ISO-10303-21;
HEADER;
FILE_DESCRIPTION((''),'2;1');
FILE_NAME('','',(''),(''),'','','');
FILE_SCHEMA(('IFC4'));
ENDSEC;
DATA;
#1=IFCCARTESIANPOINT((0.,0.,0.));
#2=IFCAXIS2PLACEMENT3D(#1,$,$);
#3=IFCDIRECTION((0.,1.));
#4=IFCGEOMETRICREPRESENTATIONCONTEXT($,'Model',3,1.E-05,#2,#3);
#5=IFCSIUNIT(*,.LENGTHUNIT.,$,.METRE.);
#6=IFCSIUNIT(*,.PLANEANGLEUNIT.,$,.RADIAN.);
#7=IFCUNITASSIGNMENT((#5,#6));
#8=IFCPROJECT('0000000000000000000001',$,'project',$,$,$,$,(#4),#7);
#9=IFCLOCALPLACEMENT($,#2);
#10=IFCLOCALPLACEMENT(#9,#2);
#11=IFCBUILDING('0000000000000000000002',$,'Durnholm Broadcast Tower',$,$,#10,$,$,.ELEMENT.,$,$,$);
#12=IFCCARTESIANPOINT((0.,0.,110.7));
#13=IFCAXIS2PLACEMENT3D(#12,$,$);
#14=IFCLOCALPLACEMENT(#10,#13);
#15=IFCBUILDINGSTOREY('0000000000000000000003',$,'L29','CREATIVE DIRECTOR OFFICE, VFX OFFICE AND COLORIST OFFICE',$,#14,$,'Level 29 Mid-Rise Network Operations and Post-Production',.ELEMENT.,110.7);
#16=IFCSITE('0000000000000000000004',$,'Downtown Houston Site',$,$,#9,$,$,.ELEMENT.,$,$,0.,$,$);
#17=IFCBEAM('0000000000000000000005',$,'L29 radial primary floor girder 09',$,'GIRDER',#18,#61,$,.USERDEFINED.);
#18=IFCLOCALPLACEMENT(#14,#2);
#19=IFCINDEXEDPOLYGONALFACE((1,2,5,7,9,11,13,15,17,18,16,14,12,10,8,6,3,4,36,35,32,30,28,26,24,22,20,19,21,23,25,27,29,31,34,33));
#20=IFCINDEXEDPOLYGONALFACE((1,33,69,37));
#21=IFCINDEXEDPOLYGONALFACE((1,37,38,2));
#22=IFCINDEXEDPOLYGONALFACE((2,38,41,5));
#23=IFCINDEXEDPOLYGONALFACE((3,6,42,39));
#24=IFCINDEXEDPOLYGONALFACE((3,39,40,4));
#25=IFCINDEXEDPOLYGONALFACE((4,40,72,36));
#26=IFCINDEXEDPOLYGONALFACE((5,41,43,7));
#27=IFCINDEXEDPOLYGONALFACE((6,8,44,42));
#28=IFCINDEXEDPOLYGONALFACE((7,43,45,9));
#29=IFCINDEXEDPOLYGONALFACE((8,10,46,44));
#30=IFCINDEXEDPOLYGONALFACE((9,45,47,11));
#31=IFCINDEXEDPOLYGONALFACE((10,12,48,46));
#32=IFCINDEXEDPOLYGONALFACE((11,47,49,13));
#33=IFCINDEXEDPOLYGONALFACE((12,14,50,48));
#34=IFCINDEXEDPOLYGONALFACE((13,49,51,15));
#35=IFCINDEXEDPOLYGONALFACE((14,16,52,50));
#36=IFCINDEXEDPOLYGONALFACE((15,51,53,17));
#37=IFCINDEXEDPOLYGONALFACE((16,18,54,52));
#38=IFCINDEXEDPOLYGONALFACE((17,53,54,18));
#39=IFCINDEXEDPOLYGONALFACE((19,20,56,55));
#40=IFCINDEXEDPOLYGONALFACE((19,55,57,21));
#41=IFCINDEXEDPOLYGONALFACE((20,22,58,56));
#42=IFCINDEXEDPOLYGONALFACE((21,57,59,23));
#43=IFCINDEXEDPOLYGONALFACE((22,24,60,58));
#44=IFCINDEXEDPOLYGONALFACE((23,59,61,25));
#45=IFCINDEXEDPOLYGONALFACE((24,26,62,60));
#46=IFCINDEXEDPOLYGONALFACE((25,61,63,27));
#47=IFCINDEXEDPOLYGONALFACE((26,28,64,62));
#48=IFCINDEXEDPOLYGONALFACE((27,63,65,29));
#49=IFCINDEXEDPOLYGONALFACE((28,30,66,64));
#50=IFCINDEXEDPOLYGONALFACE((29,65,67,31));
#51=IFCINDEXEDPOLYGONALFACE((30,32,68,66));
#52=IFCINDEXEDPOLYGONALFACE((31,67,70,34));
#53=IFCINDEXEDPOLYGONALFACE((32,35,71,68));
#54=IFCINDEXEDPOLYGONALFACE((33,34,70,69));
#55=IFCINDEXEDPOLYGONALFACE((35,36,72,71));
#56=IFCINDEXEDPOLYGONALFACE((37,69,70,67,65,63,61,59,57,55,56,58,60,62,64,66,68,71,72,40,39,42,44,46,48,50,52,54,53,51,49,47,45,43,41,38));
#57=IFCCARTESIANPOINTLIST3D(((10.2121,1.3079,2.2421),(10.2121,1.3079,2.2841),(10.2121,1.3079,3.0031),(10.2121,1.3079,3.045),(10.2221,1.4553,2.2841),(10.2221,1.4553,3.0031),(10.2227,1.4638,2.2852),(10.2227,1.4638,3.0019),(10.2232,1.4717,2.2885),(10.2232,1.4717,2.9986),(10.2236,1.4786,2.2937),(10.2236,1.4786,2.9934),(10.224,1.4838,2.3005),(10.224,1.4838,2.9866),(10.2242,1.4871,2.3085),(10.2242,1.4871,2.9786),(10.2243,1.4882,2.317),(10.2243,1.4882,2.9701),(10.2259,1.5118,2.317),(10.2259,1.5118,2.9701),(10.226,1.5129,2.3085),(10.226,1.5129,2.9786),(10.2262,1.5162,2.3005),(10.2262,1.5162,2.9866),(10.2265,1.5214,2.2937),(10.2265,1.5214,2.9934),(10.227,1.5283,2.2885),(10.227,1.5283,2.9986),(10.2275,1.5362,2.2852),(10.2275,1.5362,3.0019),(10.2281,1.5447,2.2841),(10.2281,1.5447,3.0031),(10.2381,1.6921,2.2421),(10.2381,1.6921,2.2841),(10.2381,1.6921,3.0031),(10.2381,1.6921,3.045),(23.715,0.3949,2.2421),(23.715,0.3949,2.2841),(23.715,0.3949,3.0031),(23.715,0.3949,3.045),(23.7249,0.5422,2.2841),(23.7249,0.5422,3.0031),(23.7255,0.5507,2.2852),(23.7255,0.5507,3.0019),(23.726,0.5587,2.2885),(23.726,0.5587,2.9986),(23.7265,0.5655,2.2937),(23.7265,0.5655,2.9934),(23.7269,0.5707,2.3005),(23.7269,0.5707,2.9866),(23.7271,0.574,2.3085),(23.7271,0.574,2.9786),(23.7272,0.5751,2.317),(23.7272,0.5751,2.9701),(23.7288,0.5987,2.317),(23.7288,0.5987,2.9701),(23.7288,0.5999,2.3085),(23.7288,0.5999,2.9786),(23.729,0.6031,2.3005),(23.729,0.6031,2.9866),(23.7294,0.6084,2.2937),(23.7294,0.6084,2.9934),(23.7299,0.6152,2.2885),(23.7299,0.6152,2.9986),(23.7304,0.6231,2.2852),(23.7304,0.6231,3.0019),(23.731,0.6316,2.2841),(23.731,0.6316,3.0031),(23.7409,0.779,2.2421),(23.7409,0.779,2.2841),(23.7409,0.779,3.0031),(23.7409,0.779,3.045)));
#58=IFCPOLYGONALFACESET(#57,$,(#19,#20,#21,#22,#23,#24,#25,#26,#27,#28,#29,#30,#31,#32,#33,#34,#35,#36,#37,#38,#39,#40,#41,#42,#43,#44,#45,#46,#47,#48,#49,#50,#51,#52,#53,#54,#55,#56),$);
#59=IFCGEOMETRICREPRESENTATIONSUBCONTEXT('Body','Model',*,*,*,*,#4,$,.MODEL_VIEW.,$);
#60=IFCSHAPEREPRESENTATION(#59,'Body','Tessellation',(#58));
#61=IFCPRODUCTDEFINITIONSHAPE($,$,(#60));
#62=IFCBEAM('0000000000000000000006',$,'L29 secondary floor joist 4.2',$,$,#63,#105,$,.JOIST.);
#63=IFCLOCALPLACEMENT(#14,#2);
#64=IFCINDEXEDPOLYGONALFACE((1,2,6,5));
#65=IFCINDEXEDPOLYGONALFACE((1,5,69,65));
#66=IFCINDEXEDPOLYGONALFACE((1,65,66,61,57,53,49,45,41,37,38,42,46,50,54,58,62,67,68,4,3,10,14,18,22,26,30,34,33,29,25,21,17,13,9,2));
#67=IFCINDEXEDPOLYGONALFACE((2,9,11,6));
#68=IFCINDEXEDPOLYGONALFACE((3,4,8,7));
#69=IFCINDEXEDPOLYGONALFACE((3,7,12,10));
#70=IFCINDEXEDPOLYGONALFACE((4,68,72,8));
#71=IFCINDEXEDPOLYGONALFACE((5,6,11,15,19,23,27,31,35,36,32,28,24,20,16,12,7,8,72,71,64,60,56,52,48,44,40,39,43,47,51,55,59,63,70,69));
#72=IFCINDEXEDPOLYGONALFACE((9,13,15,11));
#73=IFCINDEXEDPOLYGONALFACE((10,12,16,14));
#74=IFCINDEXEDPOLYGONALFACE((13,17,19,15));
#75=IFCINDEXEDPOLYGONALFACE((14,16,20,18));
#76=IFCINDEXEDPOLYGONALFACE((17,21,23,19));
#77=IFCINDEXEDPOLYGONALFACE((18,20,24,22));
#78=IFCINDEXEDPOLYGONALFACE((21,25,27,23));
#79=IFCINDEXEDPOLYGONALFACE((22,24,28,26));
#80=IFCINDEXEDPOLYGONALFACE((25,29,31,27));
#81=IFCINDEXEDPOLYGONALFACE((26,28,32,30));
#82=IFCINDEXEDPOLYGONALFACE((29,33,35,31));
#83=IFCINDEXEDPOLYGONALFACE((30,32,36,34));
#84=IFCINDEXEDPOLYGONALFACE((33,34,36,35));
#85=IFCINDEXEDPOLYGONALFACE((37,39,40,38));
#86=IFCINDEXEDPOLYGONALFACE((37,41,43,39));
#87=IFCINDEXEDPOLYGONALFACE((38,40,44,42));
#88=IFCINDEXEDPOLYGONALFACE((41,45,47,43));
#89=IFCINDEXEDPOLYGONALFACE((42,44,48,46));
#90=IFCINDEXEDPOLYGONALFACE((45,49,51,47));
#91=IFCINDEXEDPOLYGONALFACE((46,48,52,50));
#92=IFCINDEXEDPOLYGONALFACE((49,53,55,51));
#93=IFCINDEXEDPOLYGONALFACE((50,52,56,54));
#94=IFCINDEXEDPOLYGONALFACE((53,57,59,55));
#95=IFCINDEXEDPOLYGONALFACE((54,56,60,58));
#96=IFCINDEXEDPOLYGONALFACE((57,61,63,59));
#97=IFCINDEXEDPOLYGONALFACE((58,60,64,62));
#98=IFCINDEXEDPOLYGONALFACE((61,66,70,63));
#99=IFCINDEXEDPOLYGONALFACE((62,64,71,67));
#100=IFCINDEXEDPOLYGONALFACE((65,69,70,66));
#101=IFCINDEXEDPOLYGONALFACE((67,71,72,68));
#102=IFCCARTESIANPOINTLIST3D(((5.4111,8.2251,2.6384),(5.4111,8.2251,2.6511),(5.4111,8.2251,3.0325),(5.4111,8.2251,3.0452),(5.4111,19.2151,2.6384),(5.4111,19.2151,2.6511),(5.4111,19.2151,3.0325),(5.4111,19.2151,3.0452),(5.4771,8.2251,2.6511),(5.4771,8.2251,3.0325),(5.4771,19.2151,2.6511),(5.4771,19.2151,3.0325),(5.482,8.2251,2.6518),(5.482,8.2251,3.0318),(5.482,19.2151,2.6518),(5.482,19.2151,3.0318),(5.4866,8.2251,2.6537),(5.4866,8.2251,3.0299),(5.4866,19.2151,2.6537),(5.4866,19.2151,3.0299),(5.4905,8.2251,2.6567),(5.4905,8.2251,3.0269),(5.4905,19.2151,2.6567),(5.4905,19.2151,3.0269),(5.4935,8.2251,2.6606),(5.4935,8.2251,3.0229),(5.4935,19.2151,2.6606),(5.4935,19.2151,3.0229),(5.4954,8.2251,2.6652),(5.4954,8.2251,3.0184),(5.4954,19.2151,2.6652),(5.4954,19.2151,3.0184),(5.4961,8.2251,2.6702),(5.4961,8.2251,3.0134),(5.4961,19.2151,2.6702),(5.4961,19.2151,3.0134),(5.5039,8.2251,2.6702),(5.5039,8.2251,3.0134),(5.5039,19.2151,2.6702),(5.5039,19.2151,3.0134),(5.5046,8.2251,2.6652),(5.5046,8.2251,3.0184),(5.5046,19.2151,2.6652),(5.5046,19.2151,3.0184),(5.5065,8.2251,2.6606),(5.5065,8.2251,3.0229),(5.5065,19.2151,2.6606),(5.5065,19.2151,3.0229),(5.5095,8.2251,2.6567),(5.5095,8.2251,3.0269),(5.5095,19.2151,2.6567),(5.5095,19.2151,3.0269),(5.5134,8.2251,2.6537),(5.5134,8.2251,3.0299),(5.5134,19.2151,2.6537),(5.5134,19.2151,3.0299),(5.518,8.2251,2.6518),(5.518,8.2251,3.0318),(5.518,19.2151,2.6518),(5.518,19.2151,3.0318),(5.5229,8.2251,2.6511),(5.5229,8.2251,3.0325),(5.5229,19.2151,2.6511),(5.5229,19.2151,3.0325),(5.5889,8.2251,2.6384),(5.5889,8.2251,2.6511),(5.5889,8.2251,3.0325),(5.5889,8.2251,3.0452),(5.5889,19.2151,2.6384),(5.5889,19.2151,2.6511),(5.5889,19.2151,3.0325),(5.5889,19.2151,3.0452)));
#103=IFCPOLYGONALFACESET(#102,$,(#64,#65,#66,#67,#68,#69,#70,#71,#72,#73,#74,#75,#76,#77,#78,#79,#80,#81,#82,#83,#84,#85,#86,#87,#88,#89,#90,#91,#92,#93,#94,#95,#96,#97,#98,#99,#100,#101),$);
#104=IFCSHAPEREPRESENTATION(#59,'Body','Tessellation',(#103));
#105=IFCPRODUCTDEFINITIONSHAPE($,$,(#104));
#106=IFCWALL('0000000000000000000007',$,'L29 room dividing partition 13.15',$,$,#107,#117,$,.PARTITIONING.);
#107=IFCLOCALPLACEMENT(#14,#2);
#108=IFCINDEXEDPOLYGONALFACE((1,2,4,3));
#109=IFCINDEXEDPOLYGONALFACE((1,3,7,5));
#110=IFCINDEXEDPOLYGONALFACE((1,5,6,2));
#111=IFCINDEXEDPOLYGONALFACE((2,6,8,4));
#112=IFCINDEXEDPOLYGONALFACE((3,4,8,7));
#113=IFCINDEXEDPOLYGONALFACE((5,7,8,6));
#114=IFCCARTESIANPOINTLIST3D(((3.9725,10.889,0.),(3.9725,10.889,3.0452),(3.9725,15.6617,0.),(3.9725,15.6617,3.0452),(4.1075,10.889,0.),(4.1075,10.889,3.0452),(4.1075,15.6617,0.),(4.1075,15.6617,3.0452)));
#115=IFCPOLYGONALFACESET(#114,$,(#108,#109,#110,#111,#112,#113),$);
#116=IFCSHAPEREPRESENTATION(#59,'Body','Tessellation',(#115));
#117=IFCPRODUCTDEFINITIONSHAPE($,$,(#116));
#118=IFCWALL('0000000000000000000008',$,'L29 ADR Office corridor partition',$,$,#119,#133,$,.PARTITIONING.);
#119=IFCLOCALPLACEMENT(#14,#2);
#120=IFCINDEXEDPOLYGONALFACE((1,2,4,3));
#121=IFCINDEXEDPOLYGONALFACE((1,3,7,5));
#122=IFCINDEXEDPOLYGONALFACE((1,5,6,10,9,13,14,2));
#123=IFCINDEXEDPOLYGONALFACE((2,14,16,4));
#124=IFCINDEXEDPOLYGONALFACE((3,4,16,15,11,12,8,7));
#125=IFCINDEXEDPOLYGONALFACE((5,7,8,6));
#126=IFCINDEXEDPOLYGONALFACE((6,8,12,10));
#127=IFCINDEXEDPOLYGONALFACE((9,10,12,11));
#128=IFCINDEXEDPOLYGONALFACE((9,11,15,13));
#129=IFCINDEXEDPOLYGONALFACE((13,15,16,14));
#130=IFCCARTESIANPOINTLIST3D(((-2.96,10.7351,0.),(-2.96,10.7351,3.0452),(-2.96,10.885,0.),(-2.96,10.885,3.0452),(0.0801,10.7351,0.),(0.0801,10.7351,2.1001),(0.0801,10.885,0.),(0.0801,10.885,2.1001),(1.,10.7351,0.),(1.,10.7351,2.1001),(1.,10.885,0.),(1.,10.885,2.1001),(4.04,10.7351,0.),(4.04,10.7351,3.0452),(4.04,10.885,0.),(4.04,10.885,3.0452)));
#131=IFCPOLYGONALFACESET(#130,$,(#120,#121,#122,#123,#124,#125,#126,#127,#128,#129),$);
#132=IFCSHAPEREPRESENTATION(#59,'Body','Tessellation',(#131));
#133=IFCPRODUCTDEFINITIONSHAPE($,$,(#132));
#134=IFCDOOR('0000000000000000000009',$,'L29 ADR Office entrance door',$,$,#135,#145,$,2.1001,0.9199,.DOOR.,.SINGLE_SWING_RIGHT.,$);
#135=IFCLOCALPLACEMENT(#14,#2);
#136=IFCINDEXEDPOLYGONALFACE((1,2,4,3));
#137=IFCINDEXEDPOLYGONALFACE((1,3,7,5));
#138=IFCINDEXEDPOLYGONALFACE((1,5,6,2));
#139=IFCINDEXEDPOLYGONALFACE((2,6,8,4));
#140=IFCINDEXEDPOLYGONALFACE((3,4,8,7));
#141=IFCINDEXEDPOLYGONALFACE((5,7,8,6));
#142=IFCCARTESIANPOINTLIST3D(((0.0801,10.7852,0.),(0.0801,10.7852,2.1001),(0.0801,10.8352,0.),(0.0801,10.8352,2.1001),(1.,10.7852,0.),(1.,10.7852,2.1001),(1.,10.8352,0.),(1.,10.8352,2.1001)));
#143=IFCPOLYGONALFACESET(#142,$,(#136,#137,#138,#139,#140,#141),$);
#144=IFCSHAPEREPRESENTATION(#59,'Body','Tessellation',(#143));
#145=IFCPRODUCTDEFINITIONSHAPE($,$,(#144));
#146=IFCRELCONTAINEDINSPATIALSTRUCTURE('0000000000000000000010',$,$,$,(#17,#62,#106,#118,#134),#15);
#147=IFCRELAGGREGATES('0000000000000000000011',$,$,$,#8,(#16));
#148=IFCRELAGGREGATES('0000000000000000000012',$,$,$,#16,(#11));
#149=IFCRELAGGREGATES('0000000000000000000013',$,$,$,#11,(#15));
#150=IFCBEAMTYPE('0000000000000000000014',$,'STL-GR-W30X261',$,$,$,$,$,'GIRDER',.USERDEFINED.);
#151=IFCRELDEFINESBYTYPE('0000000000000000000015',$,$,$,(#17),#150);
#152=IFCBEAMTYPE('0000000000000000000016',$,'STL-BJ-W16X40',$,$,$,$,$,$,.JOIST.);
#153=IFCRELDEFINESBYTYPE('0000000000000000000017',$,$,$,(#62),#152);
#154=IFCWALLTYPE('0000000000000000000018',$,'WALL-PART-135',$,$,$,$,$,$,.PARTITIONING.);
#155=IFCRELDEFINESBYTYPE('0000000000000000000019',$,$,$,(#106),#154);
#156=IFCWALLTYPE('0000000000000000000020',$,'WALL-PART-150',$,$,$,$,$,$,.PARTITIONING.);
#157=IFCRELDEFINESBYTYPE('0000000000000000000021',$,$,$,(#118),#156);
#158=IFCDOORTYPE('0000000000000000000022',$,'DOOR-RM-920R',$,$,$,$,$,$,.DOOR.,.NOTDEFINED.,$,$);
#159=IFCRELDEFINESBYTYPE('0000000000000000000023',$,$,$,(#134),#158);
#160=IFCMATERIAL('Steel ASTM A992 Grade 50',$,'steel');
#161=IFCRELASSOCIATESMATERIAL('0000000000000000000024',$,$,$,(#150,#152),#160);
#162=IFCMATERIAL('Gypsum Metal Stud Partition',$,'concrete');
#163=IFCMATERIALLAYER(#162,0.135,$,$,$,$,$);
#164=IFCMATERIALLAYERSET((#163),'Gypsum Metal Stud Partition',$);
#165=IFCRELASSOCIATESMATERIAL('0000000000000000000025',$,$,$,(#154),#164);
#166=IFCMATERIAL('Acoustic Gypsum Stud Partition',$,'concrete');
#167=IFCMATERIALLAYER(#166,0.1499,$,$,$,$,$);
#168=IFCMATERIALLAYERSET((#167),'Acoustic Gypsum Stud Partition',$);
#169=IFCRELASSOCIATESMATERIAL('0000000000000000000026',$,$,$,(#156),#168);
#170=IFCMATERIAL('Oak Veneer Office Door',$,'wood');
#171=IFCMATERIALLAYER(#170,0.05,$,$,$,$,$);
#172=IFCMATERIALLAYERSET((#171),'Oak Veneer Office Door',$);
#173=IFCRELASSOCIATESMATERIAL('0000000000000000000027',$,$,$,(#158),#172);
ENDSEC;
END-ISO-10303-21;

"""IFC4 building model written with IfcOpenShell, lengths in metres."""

from ifc_helpers import new_model, si_unit, direction, frame, frame_2d, origin, origin_2d, place, context, subcontext, project, spatial, rectangle, i_section, extrude, source, transform, mapped, material, layer, layer_set, material_profile, profile_set, type_object, type_shapes, element, fill, save


model = new_model("IFC4")

# Units and contexts
model_context = context("Model", 3, precision=1e-05, world=origin(), true_north=direction((0.0, 1.0)))
body_context = subcontext(model_context, "Body", "Model", "MODEL_VIEW")
ifc_project = project(units=[si_unit("LENGTHUNIT", "METRE"), si_unit("PLANEANGLEUNIT", "RADIAN")], contexts=[model_context])

# Site, building, storey
site_placement = place(None, origin())
site = spatial("IfcSite", under=ifc_project, at=site_placement, Name="Downtown Houston Site", CompositionType="ELEMENT", RefElevation=0.0)
building_placement = place(site_placement, origin())
building = spatial("IfcBuilding", under=site, at=building_placement, Name="Durnholm Broadcast Tower", CompositionType="ELEMENT")
storey_placement = place(building_placement, frame((0.0, 0.0, 110.7)))
storey = spatial("IfcBuildingStorey", under=building, at=storey_placement, Name="L29", Description="CREATIVE DIRECTOR OFFICE, VFX OFFICE AND COLORIST OFFICE", LongName="Level 29 Mid-Rise Network Operations and Post-Production", CompositionType="ELEMENT", Elevation=110.7)

# Beams
ifc_material_1 = material(Name="Steel ASTM A992 Grade 50", Category="steel")
ifc_material_profile_1 = material_profile(ifc_material_1, i_section(OverallWidth=0.385, OverallDepth=0.803, WebThickness=0.0237, FlangeThickness=0.042, FilletRadius=0.033, at=origin_2d()), Name="W30X261")
ifc_profile_set_1 = profile_set([ifc_material_profile_1], Name="Steel ASTM A992 Grade 50")
beam_type_1 = type_object("IfcBeamType", Name="STL-GR-W30X261", ElementType="GIRDER", PredefinedType="USERDEFINED", material=ifc_profile_set_1)
shared_shape_1 = source(origin(), body_context, "Body", "SweptSolid", [
    extrude(i_section(OverallWidth=0.385, OverallDepth=0.803, WebThickness=0.0237, FlangeThickness=0.042, FilletRadius=0.033, at=origin_2d()), origin(), (0.0, 0.0, 1.0), 13.5337),
])
beam_1_placement = place(storey_placement, frame((10.2251, 1.5, 2.6436), z_axis=(0.997721, -0.067467, 0.0), x_axis=(0.067467, 0.997721, 0.0)))
element("IfcBeam", 1, at=beam_1_placement, inside=storey, type_object=beam_type_1, Name="L29 radial primary floor girder 09", ObjectType="GIRDER", PredefinedType="USERDEFINED", context=body_context, shape_type="MappedRepresentation", body=[
    mapped(shared_shape_1, transform((0.0, 0.0, 0.0), x_axis=(1.0, 0.0, 0.0), y_axis=(0.0, 1.0, 0.0), z_axis=(0.0, 0.0, 1.0), scale=1.0)),
])
ifc_material_profile_2 = material_profile(ifc_material_1, i_section(OverallWidth=0.1777, OverallDepth=0.4067, WebThickness=0.0078, FlangeThickness=0.0127, FilletRadius=0.019, at=origin_2d()), Name="W16X40")
ifc_profile_set_2 = profile_set([ifc_material_profile_2], Name="Steel ASTM A992 Grade 50")
beam_type_2 = type_object("IfcBeamType", Name="STL-BJ-W16X40", PredefinedType="JOIST", material=ifc_profile_set_2)
shared_shape_2 = source(origin(), body_context, "Body", "SweptSolid", [
    extrude(i_section(OverallWidth=0.1777, OverallDepth=0.4067, WebThickness=0.0078, FlangeThickness=0.0127, FilletRadius=0.019, at=origin_2d()), origin(), (0.0, 0.0, 1.0), 10.99),
])
type_shapes(beam_type_2, [shared_shape_2])
beam_2_placement = place(storey_placement, frame((5.5, 8.2251, 2.8418), z_axis=(0.0, 1.0, 0.0), x_axis=(-1.0, 0.0, 0.0)))
element("IfcBeam", 2, at=beam_2_placement, inside=storey, type_object=beam_type_2, Name="L29 secondary floor joist 4.2", PredefinedType="JOIST", context=body_context, shape_type="MappedRepresentation", body=[
    mapped(shared_shape_2, transform((0.0, 0.0, 0.0), x_axis=(1.0, 0.0, 0.0), y_axis=(0.0, 1.0, 0.0), z_axis=(0.0, 0.0, 1.0), scale=1.0)),
])

# Wall
ifc_material_2 = material(Name="Gypsum Metal Stud Partition", Category="concrete")
ifc_layer_1 = layer(ifc_material_2, 0.135)
ifc_layer_set_1 = layer_set([ifc_layer_1], Name="Gypsum Metal Stud Partition")
wall_type_1 = type_object("IfcWallType", Name="WALL-PART-135", PredefinedType="PARTITIONING", material=ifc_layer_set_1)
wall_1_placement = place(storey_placement, frame((4.04, 15.6616, 0.0), z_axis=(0.0, 0.0, 1.0), x_axis=(0.0, -1.0, 0.0)))
element("IfcWall", 3, at=wall_1_placement, inside=storey, type_object=wall_type_1, Name="L29 room dividing partition 13.15", PredefinedType="PARTITIONING", context=body_context, shape_type="SweptSolid", body=[
    extrude(rectangle(XDim=4.7727, YDim=0.135, at=frame_2d((2.3862, 0.0))), origin(), (0.0, 0.0, 1.0), 3.0452),
])

# Wall, opening, door
ifc_material_3 = material(Name="Acoustic Gypsum Stud Partition", Category="concrete")
ifc_layer_2 = layer(ifc_material_3, 0.1499)
ifc_layer_set_2 = layer_set([ifc_layer_2], Name="Acoustic Gypsum Stud Partition")
wall_type_2 = type_object("IfcWallType", Name="WALL-PART-150", PredefinedType="PARTITIONING", material=ifc_layer_set_2)
wall_2_placement = place(storey_placement, frame((4.04, 10.8101, 0.0), z_axis=(0.0, 0.0, 1.0), x_axis=(-1.0, 0.0, 0.0)))
wall_2 = element("IfcWall", 4, at=wall_2_placement, inside=storey, type_object=wall_type_2, Name="L29 ADR Office corridor partition", PredefinedType="PARTITIONING", context=body_context, shape_type="SweptSolid", body=[
    extrude(rectangle(XDim=7.0, YDim=0.1499, at=frame_2d((3.5, 0.0))), origin(), (0.0, 0.0, 1.0), 3.0452),
])
opening_1_placement = place(wall_2_placement, frame((3.04, 0.0, 0.0)))
opening_1 = element("IfcOpeningElement", 5, at=opening_1_placement, cuts=wall_2, PredefinedType="OPENING", context=body_context, shape_type="SweptSolid", body=[
    extrude(rectangle(XDim=0.9199, YDim=2.1001, at=frame_2d((0.46, 1.05))), frame((0.0, 0.085, 0.0), z_axis=(0.0, -1.0, 0.0), x_axis=(1.0, 0.0, 0.0)), (0.0, 0.0, 1.0), 0.1699),
])
ifc_material_4 = material(Name="Oak Veneer Office Door", Category="wood")
ifc_layer_3 = layer(ifc_material_4, 0.05)
ifc_layer_set_3 = layer_set([ifc_layer_3], Name="Oak Veneer Office Door")
door_type_1 = type_object("IfcDoorType", Name="DOOR-RM-920R", OperationType="NOTDEFINED", PredefinedType="DOOR", material=ifc_layer_set_3)
shared_shape_3 = source(origin(), body_context, "Body", "SweptSolid", [
    extrude(rectangle(XDim=0.9199, YDim=2.1001, at=frame_2d((0.46, 1.05))), frame((0.0, 0.0249, 0.0), z_axis=(0.0, -1.0, 0.0), x_axis=(1.0, 0.0, 0.0)), (0.0, 0.0, 1.0), 0.05),
])
type_shapes(door_type_1, [shared_shape_3])
door_1_placement = place(opening_1_placement, origin())
door_1 = element("IfcDoor", 6, at=door_1_placement, inside=storey, type_object=door_type_1, Name="L29 ADR Office entrance door", OperationType="SINGLE_SWING_RIGHT", OverallHeight=2.1001, OverallWidth=0.9199, PredefinedType="DOOR", context=body_context, shape_type="MappedRepresentation", body=[
    mapped(shared_shape_3, transform((0.0, 0.0, 0.0), x_axis=(1.0, 0.0, 0.0), y_axis=(0.0, 1.0, 0.0), z_axis=(0.0, 0.0, 1.0), scale=1.0)),
])
fill(opening_1, door_1)

save(model, "model.ifc")
